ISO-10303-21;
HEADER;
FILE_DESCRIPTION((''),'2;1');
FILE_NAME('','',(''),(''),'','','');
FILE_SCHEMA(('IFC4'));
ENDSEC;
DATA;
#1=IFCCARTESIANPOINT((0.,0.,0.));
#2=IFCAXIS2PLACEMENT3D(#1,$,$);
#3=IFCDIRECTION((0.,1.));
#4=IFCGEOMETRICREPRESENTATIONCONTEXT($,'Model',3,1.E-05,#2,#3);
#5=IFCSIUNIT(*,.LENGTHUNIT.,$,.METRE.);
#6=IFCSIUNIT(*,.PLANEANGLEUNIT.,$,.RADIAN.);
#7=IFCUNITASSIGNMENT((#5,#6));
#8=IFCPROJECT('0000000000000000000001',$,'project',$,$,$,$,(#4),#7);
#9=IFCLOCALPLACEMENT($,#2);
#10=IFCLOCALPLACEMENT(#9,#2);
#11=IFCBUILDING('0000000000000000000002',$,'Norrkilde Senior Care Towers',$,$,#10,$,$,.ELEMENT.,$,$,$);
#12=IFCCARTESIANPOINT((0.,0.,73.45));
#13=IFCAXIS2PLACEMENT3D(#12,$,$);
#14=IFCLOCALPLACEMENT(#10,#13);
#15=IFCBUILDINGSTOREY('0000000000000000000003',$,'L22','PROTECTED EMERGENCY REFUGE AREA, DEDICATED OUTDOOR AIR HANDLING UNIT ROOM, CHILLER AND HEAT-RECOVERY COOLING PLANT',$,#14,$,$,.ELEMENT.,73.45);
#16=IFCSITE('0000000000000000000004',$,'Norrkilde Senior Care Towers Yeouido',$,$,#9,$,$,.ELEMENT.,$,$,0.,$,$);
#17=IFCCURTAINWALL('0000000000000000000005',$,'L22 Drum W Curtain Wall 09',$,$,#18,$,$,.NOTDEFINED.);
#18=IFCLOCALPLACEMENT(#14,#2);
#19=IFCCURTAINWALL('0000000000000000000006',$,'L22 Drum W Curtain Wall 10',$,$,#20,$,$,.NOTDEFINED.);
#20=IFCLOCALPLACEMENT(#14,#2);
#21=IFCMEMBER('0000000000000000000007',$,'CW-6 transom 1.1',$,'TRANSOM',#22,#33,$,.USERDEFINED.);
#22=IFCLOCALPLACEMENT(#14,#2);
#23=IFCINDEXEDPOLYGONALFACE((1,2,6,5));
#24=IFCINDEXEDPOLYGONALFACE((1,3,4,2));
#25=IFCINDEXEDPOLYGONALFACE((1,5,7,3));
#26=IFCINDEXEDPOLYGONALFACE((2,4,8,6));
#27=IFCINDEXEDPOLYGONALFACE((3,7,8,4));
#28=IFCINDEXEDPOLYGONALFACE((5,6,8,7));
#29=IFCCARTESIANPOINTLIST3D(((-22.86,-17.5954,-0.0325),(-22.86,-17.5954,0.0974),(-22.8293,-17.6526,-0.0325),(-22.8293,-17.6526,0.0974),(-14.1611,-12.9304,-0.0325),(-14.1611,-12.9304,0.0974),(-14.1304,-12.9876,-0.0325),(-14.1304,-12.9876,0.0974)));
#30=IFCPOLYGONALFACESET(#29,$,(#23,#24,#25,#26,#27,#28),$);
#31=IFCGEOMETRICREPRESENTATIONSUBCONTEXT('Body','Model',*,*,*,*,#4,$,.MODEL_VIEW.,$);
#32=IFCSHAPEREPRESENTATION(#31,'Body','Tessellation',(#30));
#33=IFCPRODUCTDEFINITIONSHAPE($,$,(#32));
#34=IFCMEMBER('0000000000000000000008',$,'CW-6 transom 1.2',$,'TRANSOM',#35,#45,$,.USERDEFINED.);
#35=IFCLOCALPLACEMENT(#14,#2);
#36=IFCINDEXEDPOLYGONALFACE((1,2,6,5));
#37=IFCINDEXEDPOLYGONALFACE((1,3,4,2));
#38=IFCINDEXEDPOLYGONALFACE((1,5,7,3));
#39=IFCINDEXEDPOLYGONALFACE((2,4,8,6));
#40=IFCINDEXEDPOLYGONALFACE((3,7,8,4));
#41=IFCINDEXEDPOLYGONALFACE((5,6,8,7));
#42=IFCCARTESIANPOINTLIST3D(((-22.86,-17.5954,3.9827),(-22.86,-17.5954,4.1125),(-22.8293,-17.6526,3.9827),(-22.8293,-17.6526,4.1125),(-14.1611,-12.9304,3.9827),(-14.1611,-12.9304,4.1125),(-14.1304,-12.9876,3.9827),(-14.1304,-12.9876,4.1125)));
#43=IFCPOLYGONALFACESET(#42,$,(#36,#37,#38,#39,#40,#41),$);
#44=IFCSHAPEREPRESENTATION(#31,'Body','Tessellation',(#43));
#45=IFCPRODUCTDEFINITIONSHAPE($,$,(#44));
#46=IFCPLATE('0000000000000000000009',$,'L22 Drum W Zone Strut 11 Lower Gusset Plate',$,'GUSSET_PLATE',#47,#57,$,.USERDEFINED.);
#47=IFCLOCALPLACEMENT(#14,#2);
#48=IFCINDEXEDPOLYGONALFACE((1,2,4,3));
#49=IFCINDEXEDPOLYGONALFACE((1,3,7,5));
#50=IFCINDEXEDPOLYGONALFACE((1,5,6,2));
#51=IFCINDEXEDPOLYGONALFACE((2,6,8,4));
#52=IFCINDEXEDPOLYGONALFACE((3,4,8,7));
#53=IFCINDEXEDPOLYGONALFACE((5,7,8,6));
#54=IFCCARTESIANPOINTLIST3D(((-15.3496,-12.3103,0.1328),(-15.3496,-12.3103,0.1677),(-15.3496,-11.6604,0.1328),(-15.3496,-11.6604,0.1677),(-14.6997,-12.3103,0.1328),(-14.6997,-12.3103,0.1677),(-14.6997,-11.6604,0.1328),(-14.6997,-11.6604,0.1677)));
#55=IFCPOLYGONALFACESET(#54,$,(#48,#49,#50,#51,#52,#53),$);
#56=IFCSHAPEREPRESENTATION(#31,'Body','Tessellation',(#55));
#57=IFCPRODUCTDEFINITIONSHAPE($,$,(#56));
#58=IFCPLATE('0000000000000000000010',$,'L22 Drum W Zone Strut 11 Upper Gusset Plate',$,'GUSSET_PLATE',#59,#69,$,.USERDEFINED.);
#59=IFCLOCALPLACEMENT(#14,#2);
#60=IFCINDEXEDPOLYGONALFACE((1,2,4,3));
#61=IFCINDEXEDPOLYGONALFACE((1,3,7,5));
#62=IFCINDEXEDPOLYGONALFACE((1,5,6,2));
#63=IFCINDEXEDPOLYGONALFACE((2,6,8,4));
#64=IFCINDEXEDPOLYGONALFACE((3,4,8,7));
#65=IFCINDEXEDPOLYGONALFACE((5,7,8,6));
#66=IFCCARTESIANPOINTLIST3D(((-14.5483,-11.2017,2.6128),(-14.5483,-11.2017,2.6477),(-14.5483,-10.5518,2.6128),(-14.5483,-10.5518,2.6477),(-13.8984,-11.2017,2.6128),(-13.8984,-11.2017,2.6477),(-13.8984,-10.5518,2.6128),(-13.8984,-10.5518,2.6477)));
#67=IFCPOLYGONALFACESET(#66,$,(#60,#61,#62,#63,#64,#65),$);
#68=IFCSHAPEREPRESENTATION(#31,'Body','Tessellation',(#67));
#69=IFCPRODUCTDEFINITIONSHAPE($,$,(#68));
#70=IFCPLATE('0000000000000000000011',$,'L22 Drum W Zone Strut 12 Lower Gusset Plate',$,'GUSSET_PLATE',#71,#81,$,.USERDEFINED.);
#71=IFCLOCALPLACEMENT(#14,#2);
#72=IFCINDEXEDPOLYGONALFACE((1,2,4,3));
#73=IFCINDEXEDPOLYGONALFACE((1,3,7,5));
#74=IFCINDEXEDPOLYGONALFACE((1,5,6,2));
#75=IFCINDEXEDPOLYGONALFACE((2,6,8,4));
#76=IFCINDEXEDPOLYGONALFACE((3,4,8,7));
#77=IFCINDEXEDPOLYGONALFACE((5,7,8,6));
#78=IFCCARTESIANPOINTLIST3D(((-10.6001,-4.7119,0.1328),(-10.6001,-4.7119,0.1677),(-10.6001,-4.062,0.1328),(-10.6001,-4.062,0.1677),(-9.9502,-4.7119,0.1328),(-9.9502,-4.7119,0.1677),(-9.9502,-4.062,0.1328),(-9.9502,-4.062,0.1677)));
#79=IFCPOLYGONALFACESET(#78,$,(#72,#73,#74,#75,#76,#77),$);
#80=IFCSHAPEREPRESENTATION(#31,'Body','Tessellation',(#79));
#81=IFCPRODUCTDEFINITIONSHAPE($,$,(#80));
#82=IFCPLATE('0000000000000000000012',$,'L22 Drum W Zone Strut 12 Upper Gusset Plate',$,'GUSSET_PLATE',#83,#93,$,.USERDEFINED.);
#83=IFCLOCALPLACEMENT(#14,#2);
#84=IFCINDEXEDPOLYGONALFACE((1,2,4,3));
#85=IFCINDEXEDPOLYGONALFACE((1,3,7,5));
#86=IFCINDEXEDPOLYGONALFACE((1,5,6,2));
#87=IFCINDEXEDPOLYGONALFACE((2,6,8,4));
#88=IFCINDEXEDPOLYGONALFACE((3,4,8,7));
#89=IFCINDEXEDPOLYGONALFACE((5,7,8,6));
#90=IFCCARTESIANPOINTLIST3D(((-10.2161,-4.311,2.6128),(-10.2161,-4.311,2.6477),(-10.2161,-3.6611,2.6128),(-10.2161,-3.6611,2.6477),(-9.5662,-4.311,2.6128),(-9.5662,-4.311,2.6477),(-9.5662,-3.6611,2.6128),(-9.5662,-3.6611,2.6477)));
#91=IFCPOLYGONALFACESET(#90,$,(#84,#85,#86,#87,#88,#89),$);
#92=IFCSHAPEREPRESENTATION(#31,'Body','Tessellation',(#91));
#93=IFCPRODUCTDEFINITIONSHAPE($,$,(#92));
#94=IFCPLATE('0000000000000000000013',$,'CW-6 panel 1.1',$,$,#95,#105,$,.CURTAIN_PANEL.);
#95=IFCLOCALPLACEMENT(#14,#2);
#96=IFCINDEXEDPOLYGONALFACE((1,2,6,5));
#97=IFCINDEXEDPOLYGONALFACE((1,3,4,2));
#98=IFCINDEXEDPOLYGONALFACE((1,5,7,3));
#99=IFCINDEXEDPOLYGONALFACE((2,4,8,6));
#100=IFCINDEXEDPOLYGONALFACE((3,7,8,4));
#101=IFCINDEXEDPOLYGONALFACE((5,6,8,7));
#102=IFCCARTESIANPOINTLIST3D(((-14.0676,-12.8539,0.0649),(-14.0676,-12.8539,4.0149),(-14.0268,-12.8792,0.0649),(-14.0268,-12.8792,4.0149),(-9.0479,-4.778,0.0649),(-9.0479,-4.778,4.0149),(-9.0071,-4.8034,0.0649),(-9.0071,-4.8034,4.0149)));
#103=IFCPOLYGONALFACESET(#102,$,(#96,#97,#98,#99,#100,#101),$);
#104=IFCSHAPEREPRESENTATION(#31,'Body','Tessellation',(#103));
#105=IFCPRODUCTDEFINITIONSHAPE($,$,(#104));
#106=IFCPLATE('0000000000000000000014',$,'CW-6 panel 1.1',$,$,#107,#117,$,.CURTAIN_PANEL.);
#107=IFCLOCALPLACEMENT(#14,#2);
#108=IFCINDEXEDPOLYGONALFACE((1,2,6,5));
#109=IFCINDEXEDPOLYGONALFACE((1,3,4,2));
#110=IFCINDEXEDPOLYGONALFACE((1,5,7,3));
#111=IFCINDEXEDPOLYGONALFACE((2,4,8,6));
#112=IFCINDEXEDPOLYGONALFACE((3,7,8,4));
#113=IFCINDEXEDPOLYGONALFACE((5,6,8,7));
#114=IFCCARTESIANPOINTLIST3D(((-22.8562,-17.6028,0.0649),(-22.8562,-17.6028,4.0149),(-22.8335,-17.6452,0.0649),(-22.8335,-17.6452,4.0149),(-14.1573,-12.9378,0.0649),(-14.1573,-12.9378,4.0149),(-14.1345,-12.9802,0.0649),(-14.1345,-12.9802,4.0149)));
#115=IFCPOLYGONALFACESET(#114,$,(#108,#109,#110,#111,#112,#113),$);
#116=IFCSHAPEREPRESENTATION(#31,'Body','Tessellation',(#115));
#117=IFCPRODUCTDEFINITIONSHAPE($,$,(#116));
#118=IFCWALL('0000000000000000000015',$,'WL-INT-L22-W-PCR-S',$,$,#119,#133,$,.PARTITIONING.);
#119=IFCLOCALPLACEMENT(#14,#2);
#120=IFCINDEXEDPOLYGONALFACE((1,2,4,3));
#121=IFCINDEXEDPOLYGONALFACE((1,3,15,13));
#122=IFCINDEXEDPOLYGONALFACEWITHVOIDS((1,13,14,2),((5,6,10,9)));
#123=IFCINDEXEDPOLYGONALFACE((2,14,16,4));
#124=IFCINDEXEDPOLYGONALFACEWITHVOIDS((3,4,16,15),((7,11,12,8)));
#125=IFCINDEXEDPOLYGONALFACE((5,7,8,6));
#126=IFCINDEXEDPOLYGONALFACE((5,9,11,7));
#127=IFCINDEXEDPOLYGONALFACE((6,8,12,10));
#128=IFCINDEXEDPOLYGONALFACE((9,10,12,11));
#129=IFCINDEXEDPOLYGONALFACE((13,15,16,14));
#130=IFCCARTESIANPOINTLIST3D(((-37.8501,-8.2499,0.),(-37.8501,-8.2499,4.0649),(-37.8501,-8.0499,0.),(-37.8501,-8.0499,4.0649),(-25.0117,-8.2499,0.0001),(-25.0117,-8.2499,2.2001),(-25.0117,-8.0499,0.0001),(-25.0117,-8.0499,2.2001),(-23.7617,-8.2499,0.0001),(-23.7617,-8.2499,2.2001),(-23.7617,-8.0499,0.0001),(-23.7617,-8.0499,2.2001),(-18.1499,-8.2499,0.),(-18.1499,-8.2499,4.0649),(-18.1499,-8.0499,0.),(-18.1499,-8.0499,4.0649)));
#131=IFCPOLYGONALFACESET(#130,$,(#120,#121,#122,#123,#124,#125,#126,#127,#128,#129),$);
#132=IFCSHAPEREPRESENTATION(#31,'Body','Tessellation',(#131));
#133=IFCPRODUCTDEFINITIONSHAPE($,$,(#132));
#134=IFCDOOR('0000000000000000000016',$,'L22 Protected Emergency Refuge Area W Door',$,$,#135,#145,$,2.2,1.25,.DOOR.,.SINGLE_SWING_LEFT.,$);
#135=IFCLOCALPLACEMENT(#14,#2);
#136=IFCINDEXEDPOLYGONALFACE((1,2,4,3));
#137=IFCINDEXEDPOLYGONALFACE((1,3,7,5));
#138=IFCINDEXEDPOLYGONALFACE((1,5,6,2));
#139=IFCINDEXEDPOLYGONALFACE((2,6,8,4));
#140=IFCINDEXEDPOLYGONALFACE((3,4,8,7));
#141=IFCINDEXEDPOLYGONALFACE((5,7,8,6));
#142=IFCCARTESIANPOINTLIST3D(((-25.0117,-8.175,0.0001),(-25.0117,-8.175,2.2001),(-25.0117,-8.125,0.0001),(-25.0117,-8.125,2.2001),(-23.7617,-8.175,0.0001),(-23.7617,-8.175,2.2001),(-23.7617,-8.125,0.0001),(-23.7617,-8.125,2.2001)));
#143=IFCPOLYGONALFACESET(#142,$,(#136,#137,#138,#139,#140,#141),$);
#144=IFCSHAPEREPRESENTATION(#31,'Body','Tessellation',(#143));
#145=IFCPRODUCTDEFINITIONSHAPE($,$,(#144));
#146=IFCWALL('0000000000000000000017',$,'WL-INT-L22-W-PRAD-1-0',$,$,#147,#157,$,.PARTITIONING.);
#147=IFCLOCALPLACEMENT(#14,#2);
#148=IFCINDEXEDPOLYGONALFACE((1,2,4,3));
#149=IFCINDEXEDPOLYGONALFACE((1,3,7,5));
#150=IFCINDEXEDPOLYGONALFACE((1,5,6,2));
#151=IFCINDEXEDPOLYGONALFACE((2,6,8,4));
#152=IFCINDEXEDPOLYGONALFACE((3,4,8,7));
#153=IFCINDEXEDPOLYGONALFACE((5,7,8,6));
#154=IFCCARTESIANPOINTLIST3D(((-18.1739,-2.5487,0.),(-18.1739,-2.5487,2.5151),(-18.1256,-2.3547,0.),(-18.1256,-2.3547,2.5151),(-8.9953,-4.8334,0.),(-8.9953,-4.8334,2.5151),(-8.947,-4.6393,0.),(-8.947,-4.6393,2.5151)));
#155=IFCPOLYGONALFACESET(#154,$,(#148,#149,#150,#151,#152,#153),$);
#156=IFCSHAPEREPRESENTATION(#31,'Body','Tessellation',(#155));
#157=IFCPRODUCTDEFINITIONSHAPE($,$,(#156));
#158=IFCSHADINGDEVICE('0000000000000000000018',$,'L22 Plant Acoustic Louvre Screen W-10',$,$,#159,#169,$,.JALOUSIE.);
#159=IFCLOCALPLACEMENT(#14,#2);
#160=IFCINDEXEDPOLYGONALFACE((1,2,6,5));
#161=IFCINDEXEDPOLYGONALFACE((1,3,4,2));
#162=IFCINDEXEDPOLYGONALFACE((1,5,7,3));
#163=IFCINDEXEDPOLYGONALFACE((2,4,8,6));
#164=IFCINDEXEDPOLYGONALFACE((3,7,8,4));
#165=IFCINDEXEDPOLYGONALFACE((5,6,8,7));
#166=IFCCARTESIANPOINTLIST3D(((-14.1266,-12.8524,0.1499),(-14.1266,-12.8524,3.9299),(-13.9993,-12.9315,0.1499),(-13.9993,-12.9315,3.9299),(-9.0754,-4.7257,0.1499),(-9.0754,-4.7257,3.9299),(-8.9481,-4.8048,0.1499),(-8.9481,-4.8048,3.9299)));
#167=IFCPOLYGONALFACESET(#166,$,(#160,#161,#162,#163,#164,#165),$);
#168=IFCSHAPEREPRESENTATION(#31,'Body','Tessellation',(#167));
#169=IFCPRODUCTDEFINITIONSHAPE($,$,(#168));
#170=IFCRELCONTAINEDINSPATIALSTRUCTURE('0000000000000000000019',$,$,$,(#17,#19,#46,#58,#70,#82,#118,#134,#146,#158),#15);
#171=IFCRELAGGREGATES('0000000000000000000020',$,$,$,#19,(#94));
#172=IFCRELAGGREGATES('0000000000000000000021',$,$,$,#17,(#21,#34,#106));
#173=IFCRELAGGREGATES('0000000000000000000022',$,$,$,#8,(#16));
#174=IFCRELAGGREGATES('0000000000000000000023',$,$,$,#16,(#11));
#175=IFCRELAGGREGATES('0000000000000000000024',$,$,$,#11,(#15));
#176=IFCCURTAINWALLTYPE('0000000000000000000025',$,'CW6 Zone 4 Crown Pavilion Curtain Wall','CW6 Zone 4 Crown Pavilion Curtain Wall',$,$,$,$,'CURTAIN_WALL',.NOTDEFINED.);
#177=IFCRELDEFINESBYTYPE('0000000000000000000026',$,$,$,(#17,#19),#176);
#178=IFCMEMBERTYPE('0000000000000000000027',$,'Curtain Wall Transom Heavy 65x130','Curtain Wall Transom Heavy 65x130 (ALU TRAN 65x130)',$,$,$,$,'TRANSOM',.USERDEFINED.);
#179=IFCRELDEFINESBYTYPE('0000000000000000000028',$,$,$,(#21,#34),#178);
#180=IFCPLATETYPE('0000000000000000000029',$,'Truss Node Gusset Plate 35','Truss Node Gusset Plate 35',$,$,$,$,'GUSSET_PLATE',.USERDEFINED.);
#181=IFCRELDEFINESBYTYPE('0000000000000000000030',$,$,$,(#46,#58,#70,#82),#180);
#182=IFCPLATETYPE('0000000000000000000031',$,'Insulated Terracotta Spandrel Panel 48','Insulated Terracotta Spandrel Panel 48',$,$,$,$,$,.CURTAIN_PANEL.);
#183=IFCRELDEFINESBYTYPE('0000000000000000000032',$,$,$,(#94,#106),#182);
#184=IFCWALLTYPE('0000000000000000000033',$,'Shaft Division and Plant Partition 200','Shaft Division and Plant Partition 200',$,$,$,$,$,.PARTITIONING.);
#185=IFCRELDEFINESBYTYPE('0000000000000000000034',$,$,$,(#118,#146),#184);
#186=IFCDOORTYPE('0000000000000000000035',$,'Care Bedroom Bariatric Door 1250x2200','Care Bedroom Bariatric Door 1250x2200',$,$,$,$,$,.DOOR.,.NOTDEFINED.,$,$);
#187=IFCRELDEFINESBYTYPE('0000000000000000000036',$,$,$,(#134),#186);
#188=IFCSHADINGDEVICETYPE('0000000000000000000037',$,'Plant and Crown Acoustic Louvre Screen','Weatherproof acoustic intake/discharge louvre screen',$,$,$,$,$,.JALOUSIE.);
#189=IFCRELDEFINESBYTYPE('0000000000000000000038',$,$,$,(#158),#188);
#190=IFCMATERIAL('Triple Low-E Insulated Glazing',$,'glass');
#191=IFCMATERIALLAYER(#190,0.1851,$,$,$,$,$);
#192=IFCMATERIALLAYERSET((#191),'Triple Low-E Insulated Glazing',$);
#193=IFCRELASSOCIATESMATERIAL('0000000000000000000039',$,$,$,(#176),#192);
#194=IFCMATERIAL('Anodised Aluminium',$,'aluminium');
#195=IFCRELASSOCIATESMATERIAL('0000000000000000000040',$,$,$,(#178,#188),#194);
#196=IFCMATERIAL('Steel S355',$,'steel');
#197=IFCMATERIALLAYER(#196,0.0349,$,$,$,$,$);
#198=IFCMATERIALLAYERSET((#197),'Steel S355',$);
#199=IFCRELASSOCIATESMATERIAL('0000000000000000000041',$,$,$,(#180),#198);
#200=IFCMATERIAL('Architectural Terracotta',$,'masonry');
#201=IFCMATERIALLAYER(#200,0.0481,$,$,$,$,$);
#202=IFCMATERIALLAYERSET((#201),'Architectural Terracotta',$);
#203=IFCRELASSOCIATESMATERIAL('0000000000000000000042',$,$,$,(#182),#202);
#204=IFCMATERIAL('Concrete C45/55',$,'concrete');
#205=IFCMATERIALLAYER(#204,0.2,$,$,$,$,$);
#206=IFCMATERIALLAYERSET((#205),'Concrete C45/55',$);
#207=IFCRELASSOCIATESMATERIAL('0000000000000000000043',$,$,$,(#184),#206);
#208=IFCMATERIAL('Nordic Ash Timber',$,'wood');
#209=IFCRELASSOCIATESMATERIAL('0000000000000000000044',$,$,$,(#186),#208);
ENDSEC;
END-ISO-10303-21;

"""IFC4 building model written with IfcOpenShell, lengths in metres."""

from ifc_helpers import new_model, si_unit, direction, frame, frame_2d, origin, origin_2d, place, context, subcontext, project, spatial, rectangle, extrude, source, transform, mapped, material, layer, layer_set, material_profile, profile_set, type_object, type_shapes, element, fill, aggregate, save


model = new_model("IFC4")

# Units and contexts
model_context = context("Model", 3, precision=1e-05, world=origin(), true_north=direction((0.0, 1.0)))
body_context = subcontext(model_context, "Body", "Model", "MODEL_VIEW")
ifc_project = project(units=[si_unit("LENGTHUNIT", "METRE"), si_unit("PLANEANGLEUNIT", "RADIAN")], contexts=[model_context])

# Site, building, storey
site_placement = place(None, origin())
site = spatial("IfcSite", under=ifc_project, at=site_placement, Name="Norrkilde Senior Care Towers Yeouido", CompositionType="ELEMENT", RefElevation=0.0)
building_placement = place(site_placement, origin())
building = spatial("IfcBuilding", under=site, at=building_placement, Name="Norrkilde Senior Care Towers", CompositionType="ELEMENT")
storey_placement = place(building_placement, frame((0.0, 0.0, 73.45)))
storey = spatial("IfcBuildingStorey", under=building, at=storey_placement, Name="L22", Description="PROTECTED EMERGENCY REFUGE AREA, DEDICATED OUTDOOR AIR HANDLING UNIT ROOM, CHILLER AND HEAT-RECOVERY COOLING PLANT", CompositionType="ELEMENT", Elevation=73.45)

# Shared definitions
ifc_material_1 = material(Name="Steel S355", Category="steel")

# Curtain wall
ifc_material_2 = material(Name="Triple Low-E Insulated Glazing", Category="glass")
ifc_layer_1 = layer(ifc_material_2, 0.1851)
ifc_layer_set_1 = layer_set([ifc_layer_1], Name="Triple Low-E Insulated Glazing")
curtain_wall_type = type_object("IfcCurtainWallType", Name="CW6 Zone 4 Crown Pavilion Curtain Wall", Description="CW6 Zone 4 Crown Pavilion Curtain Wall", ElementType="CURTAIN_WALL", PredefinedType="NOTDEFINED", material=ifc_layer_set_1)
curtain_wall_1_placement = place(storey_placement, origin())
curtain_wall_1 = element("IfcCurtainWall", 1, at=curtain_wall_1_placement, inside=storey, type_object=curtain_wall_type, Name="L22 Drum W Curtain Wall 09", PredefinedType="NOTDEFINED")
ifc_material_3 = material(Name="Anodised Aluminium", Category="aluminium")

# Curtain wall
curtain_wall_2_placement = place(storey_placement, origin())
curtain_wall_2 = element("IfcCurtainWall", 2, at=curtain_wall_2_placement, inside=storey, type_object=curtain_wall_type, Name="L22 Drum W Curtain Wall 10", PredefinedType="NOTDEFINED")

# Members
ifc_material_profile_1 = material_profile(ifc_material_3, rectangle(XDim=0.0649, YDim=0.1299, at=origin_2d()), Name="ALU TRAN 65x130")
ifc_profile_set_1 = profile_set([ifc_material_profile_1], Name="Anodised Aluminium")
member_type_1 = type_object("IfcMemberType", Name="Curtain Wall Transom Heavy 65x130", Description="Curtain Wall Transom Heavy 65x130 (ALU TRAN 65x130)", ElementType="TRANSOM", PredefinedType="USERDEFINED", material=ifc_profile_set_1)
shared_shape_1 = source(origin(), body_context, "Body", "SweptSolid", [
    extrude(rectangle(XDim=0.0649, YDim=0.1299, at=origin_2d()), origin(), (0.0, 0.0, 1.0), 9.8708),
])
member_1_placement = place(storey_placement, frame((-14.1458, -12.959, 0.0325), z_axis=(-0.881274, -0.472605, 0.0), x_axis=(0.472605, -0.881274, 0.0)))
member_1 = element("IfcMember", 3, at=member_1_placement, type_object=member_type_1, Name="CW-6 transom 1.1", ObjectType="TRANSOM", PredefinedType="USERDEFINED", context=body_context, shape_type="MappedRepresentation", body=[
    mapped(shared_shape_1, transform((0.0, 0.0, 0.0), x_axis=(1.0, 0.0, 0.0), y_axis=(0.0, 1.0, 0.0), z_axis=(0.0, 0.0, 1.0), scale=1.0)),
])
member_2_placement = place(storey_placement, frame((-14.1458, -12.959, 4.0476), z_axis=(-0.881274, -0.472605, 0.0), x_axis=(0.472605, -0.881274, 0.0)))
member_2 = element("IfcMember", 4, at=member_2_placement, type_object=member_type_1, Name="CW-6 transom 1.2", ObjectType="TRANSOM", PredefinedType="USERDEFINED", context=body_context, shape_type="MappedRepresentation", body=[
    mapped(shared_shape_1, transform((0.0, 0.0, 0.0), x_axis=(1.0, 0.0, 0.0), y_axis=(0.0, 1.0, 0.0), z_axis=(0.0, 0.0, 1.0), scale=1.0)),
])

# Plates
ifc_layer_2 = layer(ifc_material_1, 0.0349)
ifc_layer_set_2 = layer_set([ifc_layer_2], Name="Steel S355")
plate_type_1 = type_object("IfcPlateType", Name="Truss Node Gusset Plate 35", Description="Truss Node Gusset Plate 35", ElementType="GUSSET_PLATE", PredefinedType="USERDEFINED", material=ifc_layer_set_2)
shared_shape_2 = source(origin(), body_context, "Body", "SweptSolid", [
    extrude(rectangle(XDim=0.6499, YDim=0.6499, at=origin_2d()), origin(), (0.0, 0.0, 1.0), 0.0349),
])
type_shapes(plate_type_1, [shared_shape_2])
for number, where, z_axis, x_axis, name in (
    (5, (-15.0247, -11.9854, 0.1328), (0.0, 0.0, 1.0), (1.0, 0.0, 0.0), "L22 Drum W Zone Strut 11 Lower Gusset Plate"),
    (6, (-14.2234, -10.8767, 2.6128), (0.0, 0.0, 1.0), (1.0, 0.0, 0.0), "L22 Drum W Zone Strut 11 Upper Gusset Plate"),
    (7, (-10.2751, -4.387, 0.1328), (0.0, 0.0, 1.0), (1.0, 0.0, 0.0), "L22 Drum W Zone Strut 12 Lower Gusset Plate"),
    (8, (-9.8911, -3.9861, 2.6128), (0.0, 0.0, 1.0), (1.0, 0.0, 0.0), "L22 Drum W Zone Strut 12 Upper Gusset Plate"),
):
    element("IfcPlate", number, at=place(storey_placement, frame(where, z_axis=z_axis, x_axis=x_axis)), inside=storey, type_object=plate_type_1, Name=name, ObjectType="GUSSET_PLATE", PredefinedType="USERDEFINED", context=body_context, shape_type="MappedRepresentation", body=[
        mapped(shared_shape_2, transform((0.0, 0.0, 0.0), x_axis=(1.0, 0.0, 0.0), y_axis=(0.0, 1.0, 0.0), z_axis=(0.0, 0.0, 1.0), scale=1.0)),
    ])

# Plates
ifc_material_4 = material(Name="Architectural Terracotta", Category="masonry")
ifc_layer_3 = layer(ifc_material_4, 0.0481)
ifc_layer_set_3 = layer_set([ifc_layer_3], Name="Architectural Terracotta")
plate_type_2 = type_object("IfcPlateType", Name="Insulated Terracotta Spandrel Panel 48", Description="Insulated Terracotta Spandrel Panel 48", PredefinedType="CURTAIN_PANEL", material=ifc_layer_set_3)
shared_shape_3 = source(origin(), body_context, "Body", "SweptSolid", [
    extrude(rectangle(XDim=9.5088, YDim=0.0481, at=origin_2d()), origin(), (0.0, 0.0, 1.0), 3.95),
])
plate_1_placement = place(storey_placement, frame((-11.5374, -8.8286, 0.0649), z_axis=(0.0, 0.0, 1.0), x_axis=(-0.527901, -0.849306, 0.0)))
plate_1 = element("IfcPlate", 9, at=plate_1_placement, type_object=plate_type_2, Name="CW-6 panel 1.1", PredefinedType="CURTAIN_PANEL", context=body_context, shape_type="MappedRepresentation", body=[
    mapped(shared_shape_3, transform((0.0, 0.0, 0.0), x_axis=(1.0, 0.0, 0.0), y_axis=(0.0, 1.0, 0.0), z_axis=(0.0, 0.0, 1.0), scale=1.0)),
])
aggregate(curtain_wall_2, [plate_1])
shared_shape_4 = source(origin(), body_context, "Body", "SweptSolid", [
    extrude(rectangle(XDim=9.8708, YDim=0.0481, at=origin_2d()), origin(), (0.0, 0.0, 1.0), 3.95),
])
type_shapes(plate_type_2, [shared_shape_3, shared_shape_4])
plate_2_placement = place(storey_placement, frame((-18.4954, -15.2915, 0.0649), z_axis=(0.0, 0.0, 1.0), x_axis=(-0.881273, -0.472608, 0.0)))
plate_2 = element("IfcPlate", 10, at=plate_2_placement, type_object=plate_type_2, Name="CW-6 panel 1.1", PredefinedType="CURTAIN_PANEL", context=body_context, shape_type="MappedRepresentation", body=[
    mapped(shared_shape_4, transform((0.0, 0.0, 0.0), x_axis=(1.0, 0.0, 0.0), y_axis=(0.0, 1.0, 0.0), z_axis=(0.0, 0.0, 1.0), scale=1.0)),
])
aggregate(curtain_wall_1, [member_1, member_2, plate_2])

# Wall, opening, door
ifc_material_5 = material(Name="Concrete C45/55", Category="concrete")
ifc_layer_4 = layer(ifc_material_5, 0.2)
ifc_layer_set_4 = layer_set([ifc_layer_4], Name="Concrete C45/55")
wall_type = type_object("IfcWallType", Name="Shaft Division and Plant Partition 200", Description="Shaft Division and Plant Partition 200", PredefinedType="PARTITIONING", material=ifc_layer_set_4)
shared_shape_5 = source(origin(), body_context, "Body", "SweptSolid", [
    extrude(rectangle(XDim=19.7002, YDim=0.2, at=frame_2d((9.8501, 0.0))), origin(), (0.0, 0.0, 1.0), 4.0649),
])
wall_1_placement = place(storey_placement, frame((-18.1499, -8.1499, 0.0), z_axis=(0.0, 0.0, 1.0), x_axis=(-1.0, 0.0, 0.0)))
wall_1 = element("IfcWall", 11, at=wall_1_placement, inside=storey, type_object=wall_type, Name="WL-INT-L22-W-PCR-S", PredefinedType="PARTITIONING", context=body_context, shape_type="MappedRepresentation", body=[
    mapped(shared_shape_5, transform((0.0, 0.0, 0.0), x_axis=(1.0, 0.0, 0.0), y_axis=(0.0, 1.0, 0.0), z_axis=(0.0, 0.0, 1.0), scale=1.0)),
])
opening_placement = place(wall_1_placement, frame((5.6118, 0.0, 0.0)))
opening = element("IfcOpeningElement", 12, at=opening_placement, cuts=wall_1, PredefinedType="OPENING", context=body_context, shape_type="SweptSolid", body=[
    extrude(rectangle(XDim=1.25, YDim=2.2, at=frame_2d((0.625, 1.1001))), frame((0.0, 0.1099, 0.0), z_axis=(0.0, -1.0, 0.0), x_axis=(1.0, 0.0, 0.0)), (0.0, 0.0, 1.0), 0.22),
])
ifc_material_6 = material(Name="Nordic Ash Timber", Category="wood")
door_type = type_object("IfcDoorType", Name="Care Bedroom Bariatric Door 1250x2200", Description="Care Bedroom Bariatric Door 1250x2200", OperationType="NOTDEFINED", PredefinedType="DOOR", material=ifc_material_6)
shared_shape_6 = source(origin(), body_context, "Body", "SweptSolid", [
    extrude(rectangle(XDim=1.25, YDim=2.2, at=frame_2d((0.625, 1.1001))), frame((0.0, 0.0249, 0.0), z_axis=(0.0, -1.0, 0.0), x_axis=(1.0, 0.0, 0.0)), (0.0, 0.0, 1.0), 0.05),
])
type_shapes(door_type, [shared_shape_6])
door_placement = place(opening_placement, frame((1.25, 0.0, 0.0), z_axis=(0.0, 0.0, 1.0), x_axis=(-1.0, 0.0, 0.0)))
door = element("IfcDoor", 13, at=door_placement, inside=storey, type_object=door_type, Name="L22 Protected Emergency Refuge Area W Door", OperationType="SINGLE_SWING_LEFT", OverallHeight=2.2, OverallWidth=1.25, PredefinedType="DOOR", context=body_context, shape_type="MappedRepresentation", body=[
    mapped(shared_shape_6, transform((0.0, 0.0, 0.0), x_axis=(1.0, 0.0, 0.0), y_axis=(0.0, 1.0, 0.0), z_axis=(0.0, 0.0, 1.0), scale=1.0)),
])
fill(opening, door)

# Wall
shared_shape_7 = source(origin(), body_context, "Body", "SweptSolid", [
    extrude(rectangle(XDim=9.4587, YDim=0.2, at=frame_2d((4.7295, 0.0))), origin(), (0.0, 0.0, 1.0), 2.5151),
])
type_shapes(wall_type, [shared_shape_5, shared_shape_7])
wall_2_placement = place(storey_placement, frame((-18.1499, -2.4517, 0.0), z_axis=(0.0, 0.0, 1.0), x_axis=(0.970391, -0.241539, 0.0)))
element("IfcWall", 14, at=wall_2_placement, inside=storey, type_object=wall_type, Name="WL-INT-L22-W-PRAD-1-0", PredefinedType="PARTITIONING", context=body_context, shape_type="MappedRepresentation", body=[
    mapped(shared_shape_7, transform((0.0, 0.0, 0.0), x_axis=(1.0, 0.0, 0.0), y_axis=(0.0, 1.0, 0.0), z_axis=(0.0, 0.0, 1.0), scale=1.0)),
])

# Shading device
shading_device_type = type_object("IfcShadingDeviceType", Name="Plant and Crown Acoustic Louvre Screen", Description="Weatherproof acoustic intake/discharge louvre screen", PredefinedType="JALOUSIE", material=ifc_material_3)
shared_shape_8 = source(origin(), body_context, "Body", "SweptSolid", [
    extrude(rectangle(XDim=9.5686, YDim=0.1499, at=origin_2d()), origin(), (0.0, 0.0, 1.0), 3.78),
])
type_shapes(shading_device_type, [shared_shape_8])
shading_device_placement = place(storey_placement, frame((-11.5374, -8.8286, 0.1499), z_axis=(0.0, 0.0, 1.0), x_axis=(-0.527901, -0.849306, 0.0)))
element("IfcShadingDevice", 15, at=shading_device_placement, inside=storey, type_object=shading_device_type, Name="L22 Plant Acoustic Louvre Screen W-10", PredefinedType="JALOUSIE", context=body_context, shape_type="MappedRepresentation", body=[
    mapped(shared_shape_8, transform((0.0, 0.0, 0.0), x_axis=(1.0, 0.0, 0.0), y_axis=(0.0, 1.0, 0.0), z_axis=(0.0, 0.0, 1.0), scale=1.0)),
])

save(model, "model.ifc")
